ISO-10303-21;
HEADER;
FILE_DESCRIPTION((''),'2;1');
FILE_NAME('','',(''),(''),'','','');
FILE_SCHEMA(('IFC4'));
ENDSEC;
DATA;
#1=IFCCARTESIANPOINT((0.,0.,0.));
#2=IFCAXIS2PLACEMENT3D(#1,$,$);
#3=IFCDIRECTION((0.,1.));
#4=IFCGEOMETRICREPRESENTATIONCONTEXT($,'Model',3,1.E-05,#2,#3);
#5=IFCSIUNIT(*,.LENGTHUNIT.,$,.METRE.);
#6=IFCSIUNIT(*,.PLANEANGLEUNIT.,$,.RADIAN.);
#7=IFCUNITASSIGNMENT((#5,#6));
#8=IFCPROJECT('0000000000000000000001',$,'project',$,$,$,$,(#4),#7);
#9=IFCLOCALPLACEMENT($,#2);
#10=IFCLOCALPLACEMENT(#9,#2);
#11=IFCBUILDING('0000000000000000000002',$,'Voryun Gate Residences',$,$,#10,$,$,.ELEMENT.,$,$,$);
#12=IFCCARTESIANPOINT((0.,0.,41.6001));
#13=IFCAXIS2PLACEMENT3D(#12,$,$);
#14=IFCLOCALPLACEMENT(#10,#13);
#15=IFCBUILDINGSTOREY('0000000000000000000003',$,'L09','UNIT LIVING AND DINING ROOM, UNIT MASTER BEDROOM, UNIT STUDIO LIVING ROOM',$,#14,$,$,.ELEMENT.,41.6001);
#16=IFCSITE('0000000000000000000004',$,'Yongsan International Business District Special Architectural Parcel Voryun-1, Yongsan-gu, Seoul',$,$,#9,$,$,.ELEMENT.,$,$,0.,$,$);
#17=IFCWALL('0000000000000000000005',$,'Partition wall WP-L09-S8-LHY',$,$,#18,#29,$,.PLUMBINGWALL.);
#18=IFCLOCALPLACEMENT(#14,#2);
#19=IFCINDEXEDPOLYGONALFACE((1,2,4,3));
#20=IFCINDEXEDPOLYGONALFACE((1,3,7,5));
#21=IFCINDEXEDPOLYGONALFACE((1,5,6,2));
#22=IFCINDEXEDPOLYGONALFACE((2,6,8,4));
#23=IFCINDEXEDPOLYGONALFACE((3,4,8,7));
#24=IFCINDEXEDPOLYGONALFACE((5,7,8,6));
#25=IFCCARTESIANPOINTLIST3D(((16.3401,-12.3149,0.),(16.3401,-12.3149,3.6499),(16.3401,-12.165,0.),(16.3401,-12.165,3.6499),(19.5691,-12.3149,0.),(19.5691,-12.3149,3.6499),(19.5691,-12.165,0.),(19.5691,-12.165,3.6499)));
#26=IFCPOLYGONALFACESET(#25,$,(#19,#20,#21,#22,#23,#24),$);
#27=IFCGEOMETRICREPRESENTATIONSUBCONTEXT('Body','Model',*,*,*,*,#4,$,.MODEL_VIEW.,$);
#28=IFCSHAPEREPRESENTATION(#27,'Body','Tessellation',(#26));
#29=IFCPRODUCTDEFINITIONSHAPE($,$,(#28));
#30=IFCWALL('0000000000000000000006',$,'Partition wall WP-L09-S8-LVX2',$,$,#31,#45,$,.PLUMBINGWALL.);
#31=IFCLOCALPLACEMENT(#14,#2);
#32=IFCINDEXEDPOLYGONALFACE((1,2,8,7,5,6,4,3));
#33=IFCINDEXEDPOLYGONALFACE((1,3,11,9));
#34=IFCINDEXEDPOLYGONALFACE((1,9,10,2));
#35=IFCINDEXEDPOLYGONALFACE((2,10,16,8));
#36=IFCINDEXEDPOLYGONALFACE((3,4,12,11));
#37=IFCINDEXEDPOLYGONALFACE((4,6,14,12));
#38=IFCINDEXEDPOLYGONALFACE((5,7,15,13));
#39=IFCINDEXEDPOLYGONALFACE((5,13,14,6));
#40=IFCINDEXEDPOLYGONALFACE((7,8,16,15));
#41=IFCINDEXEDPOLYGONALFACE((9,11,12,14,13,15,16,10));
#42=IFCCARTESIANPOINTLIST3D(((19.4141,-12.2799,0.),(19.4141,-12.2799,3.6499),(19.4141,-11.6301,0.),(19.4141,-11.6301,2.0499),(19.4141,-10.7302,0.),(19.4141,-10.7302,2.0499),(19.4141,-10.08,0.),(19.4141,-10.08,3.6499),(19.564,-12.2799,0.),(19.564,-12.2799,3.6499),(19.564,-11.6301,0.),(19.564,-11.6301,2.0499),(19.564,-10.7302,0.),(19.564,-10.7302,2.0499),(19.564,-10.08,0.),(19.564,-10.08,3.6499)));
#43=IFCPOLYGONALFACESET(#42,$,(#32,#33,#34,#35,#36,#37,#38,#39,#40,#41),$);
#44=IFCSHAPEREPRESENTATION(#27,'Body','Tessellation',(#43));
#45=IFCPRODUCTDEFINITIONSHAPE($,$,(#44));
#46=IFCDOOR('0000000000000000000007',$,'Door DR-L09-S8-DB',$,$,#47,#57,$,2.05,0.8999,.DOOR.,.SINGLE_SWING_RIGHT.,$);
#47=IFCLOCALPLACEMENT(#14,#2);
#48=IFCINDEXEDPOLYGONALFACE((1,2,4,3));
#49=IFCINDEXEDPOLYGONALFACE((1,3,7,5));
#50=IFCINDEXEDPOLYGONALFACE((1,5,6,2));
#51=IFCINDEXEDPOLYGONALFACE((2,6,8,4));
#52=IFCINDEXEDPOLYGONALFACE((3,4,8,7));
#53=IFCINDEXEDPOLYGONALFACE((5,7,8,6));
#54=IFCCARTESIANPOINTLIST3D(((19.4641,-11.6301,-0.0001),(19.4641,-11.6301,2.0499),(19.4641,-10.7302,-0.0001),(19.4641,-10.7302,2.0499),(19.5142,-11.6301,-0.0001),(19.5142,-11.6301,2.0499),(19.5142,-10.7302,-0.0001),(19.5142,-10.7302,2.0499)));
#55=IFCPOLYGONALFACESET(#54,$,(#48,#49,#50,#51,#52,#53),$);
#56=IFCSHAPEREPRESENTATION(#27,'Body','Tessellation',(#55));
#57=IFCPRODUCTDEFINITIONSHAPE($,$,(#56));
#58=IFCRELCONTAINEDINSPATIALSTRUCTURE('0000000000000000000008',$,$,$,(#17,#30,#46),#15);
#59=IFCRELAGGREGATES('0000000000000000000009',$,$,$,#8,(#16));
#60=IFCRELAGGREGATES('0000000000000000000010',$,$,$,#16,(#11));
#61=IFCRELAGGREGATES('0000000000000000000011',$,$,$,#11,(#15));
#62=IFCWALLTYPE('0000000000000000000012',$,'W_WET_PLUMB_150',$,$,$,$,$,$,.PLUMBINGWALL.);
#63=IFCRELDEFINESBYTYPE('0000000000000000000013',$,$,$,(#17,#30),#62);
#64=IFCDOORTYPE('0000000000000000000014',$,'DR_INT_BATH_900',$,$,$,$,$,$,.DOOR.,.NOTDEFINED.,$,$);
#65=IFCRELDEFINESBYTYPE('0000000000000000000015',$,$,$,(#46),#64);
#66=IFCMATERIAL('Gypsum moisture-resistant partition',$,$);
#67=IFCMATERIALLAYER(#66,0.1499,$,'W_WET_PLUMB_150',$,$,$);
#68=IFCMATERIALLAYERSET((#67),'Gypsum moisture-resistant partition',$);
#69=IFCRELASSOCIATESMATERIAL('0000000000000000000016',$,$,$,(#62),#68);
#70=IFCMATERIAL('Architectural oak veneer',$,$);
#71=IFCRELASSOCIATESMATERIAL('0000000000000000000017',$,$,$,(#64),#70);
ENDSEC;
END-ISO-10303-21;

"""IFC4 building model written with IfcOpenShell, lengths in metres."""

from ifc_helpers import new_model, si_unit, direction, frame, frame_2d, origin, place, context, subcontext, project, spatial, rectangle, extrude, material, layer, layer_set, type_object, element, fill, save


model = new_model("IFC4")

# Units and contexts
model_context = context("Model", 3, precision=1e-05, world=origin(), true_north=direction((0.0, 1.0)))
body_context = subcontext(model_context, "Body", "Model", "MODEL_VIEW")
ifc_project = project(units=[si_unit("LENGTHUNIT", "METRE"), si_unit("PLANEANGLEUNIT", "RADIAN")], contexts=[model_context])

# Site, building, storey
site_placement = place(None, origin())
site = spatial("IfcSite", under=ifc_project, at=site_placement, Name="Yongsan International Business District Special Architectural Parcel Voryun-1, Yongsan-gu, Seoul", CompositionType="ELEMENT", RefElevation=0.0)
building_placement = place(site_placement, origin())
building = spatial("IfcBuilding", under=site, at=building_placement, Name="Voryun Gate Residences", CompositionType="ELEMENT")
storey_placement = place(building_placement, frame((0.0, 0.0, 41.6001)))
storey = spatial("IfcBuildingStorey", under=building, at=storey_placement, Name="L09", Description="UNIT LIVING AND DINING ROOM, UNIT MASTER BEDROOM, UNIT STUDIO LIVING ROOM", CompositionType="ELEMENT", Elevation=41.6001)

# Wall
ifc_material_1 = material(Name="Gypsum moisture-resistant partition")
ifc_layer_1 = layer(ifc_material_1, 0.1499, Name="W_WET_PLUMB_150")
ifc_layer_set_1 = layer_set([ifc_layer_1], Name="Gypsum moisture-resistant partition")
wall_type_1 = type_object("IfcWallType", Name="W_WET_PLUMB_150", PredefinedType="PLUMBINGWALL", material=ifc_layer_set_1)
wall_1_placement = place(storey_placement, frame((16.3401, -12.24, 0.0), z_axis=(0.0, 0.0, 1.0), x_axis=(1.0, 0.0, 0.0)))
element("IfcWall", 1, at=wall_1_placement, inside=storey, type_object=wall_type_1, Name="Partition wall WP-L09-S8-LHY", PredefinedType="PLUMBINGWALL", context=body_context, shape_type="SweptSolid", body=[
    extrude(rectangle(XDim=3.229, YDim=0.1499, at=frame_2d((1.6145, 0.0))), origin(), (0.0, 0.0, 1.0), 3.6499),
])

# Wall, opening, door
wall_2_placement = place(storey_placement, frame((19.489, -12.28, 0.0), z_axis=(0.0, 0.0, 1.0), x_axis=(0.0, 1.0, 0.0)))
wall_2 = element("IfcWall", 2, at=wall_2_placement, inside=storey, type_object=wall_type_1, Name="Partition wall WP-L09-S8-LVX2", PredefinedType="PLUMBINGWALL", context=body_context, shape_type="SweptSolid", body=[
    extrude(rectangle(XDim=2.2, YDim=0.1499, at=frame_2d((1.1001, 0.0))), origin(), (0.0, 0.0, 1.0), 3.6499),
])
opening_1_placement = place(wall_2_placement, frame((0.6499, 0.0, 0.0)))
opening_1 = element("IfcOpeningElement", 3, at=opening_1_placement, cuts=wall_2, PredefinedType="OPENING", context=body_context, shape_type="SweptSolid", body=[
    extrude(rectangle(XDim=0.8999, YDim=2.05, at=frame_2d((0.45, 1.0249))), frame((0.0, 0.085, 0.0), z_axis=(0.0, -1.0, 0.0), x_axis=(1.0, 0.0, 0.0)), (0.0, 0.0, 1.0), 0.1699),
])
ifc_material_2 = material(Name="Architectural oak veneer")
door_type_1 = type_object("IfcDoorType", Name="DR_INT_BATH_900", OperationType="NOTDEFINED", PredefinedType="DOOR", material=ifc_material_2)
door_1_placement = place(opening_1_placement, origin())
door_1 = element("IfcDoor", 4, at=door_1_placement, inside=storey, type_object=door_type_1, Name="Door DR-L09-S8-DB", OperationType="SINGLE_SWING_RIGHT", OverallHeight=2.05, OverallWidth=0.8999, PredefinedType="DOOR", context=body_context, shape_type="SweptSolid", body=[
    extrude(rectangle(XDim=0.8999, YDim=2.05, at=frame_2d((0.45, 1.0249))), frame((0.0, 0.0249, 0.0), z_axis=(0.0, -1.0, 0.0), x_axis=(1.0, 0.0, 0.0)), (0.0, 0.0, 1.0), 0.05),
])
fill(opening_1, door_1)

save(model, "model.ifc")
